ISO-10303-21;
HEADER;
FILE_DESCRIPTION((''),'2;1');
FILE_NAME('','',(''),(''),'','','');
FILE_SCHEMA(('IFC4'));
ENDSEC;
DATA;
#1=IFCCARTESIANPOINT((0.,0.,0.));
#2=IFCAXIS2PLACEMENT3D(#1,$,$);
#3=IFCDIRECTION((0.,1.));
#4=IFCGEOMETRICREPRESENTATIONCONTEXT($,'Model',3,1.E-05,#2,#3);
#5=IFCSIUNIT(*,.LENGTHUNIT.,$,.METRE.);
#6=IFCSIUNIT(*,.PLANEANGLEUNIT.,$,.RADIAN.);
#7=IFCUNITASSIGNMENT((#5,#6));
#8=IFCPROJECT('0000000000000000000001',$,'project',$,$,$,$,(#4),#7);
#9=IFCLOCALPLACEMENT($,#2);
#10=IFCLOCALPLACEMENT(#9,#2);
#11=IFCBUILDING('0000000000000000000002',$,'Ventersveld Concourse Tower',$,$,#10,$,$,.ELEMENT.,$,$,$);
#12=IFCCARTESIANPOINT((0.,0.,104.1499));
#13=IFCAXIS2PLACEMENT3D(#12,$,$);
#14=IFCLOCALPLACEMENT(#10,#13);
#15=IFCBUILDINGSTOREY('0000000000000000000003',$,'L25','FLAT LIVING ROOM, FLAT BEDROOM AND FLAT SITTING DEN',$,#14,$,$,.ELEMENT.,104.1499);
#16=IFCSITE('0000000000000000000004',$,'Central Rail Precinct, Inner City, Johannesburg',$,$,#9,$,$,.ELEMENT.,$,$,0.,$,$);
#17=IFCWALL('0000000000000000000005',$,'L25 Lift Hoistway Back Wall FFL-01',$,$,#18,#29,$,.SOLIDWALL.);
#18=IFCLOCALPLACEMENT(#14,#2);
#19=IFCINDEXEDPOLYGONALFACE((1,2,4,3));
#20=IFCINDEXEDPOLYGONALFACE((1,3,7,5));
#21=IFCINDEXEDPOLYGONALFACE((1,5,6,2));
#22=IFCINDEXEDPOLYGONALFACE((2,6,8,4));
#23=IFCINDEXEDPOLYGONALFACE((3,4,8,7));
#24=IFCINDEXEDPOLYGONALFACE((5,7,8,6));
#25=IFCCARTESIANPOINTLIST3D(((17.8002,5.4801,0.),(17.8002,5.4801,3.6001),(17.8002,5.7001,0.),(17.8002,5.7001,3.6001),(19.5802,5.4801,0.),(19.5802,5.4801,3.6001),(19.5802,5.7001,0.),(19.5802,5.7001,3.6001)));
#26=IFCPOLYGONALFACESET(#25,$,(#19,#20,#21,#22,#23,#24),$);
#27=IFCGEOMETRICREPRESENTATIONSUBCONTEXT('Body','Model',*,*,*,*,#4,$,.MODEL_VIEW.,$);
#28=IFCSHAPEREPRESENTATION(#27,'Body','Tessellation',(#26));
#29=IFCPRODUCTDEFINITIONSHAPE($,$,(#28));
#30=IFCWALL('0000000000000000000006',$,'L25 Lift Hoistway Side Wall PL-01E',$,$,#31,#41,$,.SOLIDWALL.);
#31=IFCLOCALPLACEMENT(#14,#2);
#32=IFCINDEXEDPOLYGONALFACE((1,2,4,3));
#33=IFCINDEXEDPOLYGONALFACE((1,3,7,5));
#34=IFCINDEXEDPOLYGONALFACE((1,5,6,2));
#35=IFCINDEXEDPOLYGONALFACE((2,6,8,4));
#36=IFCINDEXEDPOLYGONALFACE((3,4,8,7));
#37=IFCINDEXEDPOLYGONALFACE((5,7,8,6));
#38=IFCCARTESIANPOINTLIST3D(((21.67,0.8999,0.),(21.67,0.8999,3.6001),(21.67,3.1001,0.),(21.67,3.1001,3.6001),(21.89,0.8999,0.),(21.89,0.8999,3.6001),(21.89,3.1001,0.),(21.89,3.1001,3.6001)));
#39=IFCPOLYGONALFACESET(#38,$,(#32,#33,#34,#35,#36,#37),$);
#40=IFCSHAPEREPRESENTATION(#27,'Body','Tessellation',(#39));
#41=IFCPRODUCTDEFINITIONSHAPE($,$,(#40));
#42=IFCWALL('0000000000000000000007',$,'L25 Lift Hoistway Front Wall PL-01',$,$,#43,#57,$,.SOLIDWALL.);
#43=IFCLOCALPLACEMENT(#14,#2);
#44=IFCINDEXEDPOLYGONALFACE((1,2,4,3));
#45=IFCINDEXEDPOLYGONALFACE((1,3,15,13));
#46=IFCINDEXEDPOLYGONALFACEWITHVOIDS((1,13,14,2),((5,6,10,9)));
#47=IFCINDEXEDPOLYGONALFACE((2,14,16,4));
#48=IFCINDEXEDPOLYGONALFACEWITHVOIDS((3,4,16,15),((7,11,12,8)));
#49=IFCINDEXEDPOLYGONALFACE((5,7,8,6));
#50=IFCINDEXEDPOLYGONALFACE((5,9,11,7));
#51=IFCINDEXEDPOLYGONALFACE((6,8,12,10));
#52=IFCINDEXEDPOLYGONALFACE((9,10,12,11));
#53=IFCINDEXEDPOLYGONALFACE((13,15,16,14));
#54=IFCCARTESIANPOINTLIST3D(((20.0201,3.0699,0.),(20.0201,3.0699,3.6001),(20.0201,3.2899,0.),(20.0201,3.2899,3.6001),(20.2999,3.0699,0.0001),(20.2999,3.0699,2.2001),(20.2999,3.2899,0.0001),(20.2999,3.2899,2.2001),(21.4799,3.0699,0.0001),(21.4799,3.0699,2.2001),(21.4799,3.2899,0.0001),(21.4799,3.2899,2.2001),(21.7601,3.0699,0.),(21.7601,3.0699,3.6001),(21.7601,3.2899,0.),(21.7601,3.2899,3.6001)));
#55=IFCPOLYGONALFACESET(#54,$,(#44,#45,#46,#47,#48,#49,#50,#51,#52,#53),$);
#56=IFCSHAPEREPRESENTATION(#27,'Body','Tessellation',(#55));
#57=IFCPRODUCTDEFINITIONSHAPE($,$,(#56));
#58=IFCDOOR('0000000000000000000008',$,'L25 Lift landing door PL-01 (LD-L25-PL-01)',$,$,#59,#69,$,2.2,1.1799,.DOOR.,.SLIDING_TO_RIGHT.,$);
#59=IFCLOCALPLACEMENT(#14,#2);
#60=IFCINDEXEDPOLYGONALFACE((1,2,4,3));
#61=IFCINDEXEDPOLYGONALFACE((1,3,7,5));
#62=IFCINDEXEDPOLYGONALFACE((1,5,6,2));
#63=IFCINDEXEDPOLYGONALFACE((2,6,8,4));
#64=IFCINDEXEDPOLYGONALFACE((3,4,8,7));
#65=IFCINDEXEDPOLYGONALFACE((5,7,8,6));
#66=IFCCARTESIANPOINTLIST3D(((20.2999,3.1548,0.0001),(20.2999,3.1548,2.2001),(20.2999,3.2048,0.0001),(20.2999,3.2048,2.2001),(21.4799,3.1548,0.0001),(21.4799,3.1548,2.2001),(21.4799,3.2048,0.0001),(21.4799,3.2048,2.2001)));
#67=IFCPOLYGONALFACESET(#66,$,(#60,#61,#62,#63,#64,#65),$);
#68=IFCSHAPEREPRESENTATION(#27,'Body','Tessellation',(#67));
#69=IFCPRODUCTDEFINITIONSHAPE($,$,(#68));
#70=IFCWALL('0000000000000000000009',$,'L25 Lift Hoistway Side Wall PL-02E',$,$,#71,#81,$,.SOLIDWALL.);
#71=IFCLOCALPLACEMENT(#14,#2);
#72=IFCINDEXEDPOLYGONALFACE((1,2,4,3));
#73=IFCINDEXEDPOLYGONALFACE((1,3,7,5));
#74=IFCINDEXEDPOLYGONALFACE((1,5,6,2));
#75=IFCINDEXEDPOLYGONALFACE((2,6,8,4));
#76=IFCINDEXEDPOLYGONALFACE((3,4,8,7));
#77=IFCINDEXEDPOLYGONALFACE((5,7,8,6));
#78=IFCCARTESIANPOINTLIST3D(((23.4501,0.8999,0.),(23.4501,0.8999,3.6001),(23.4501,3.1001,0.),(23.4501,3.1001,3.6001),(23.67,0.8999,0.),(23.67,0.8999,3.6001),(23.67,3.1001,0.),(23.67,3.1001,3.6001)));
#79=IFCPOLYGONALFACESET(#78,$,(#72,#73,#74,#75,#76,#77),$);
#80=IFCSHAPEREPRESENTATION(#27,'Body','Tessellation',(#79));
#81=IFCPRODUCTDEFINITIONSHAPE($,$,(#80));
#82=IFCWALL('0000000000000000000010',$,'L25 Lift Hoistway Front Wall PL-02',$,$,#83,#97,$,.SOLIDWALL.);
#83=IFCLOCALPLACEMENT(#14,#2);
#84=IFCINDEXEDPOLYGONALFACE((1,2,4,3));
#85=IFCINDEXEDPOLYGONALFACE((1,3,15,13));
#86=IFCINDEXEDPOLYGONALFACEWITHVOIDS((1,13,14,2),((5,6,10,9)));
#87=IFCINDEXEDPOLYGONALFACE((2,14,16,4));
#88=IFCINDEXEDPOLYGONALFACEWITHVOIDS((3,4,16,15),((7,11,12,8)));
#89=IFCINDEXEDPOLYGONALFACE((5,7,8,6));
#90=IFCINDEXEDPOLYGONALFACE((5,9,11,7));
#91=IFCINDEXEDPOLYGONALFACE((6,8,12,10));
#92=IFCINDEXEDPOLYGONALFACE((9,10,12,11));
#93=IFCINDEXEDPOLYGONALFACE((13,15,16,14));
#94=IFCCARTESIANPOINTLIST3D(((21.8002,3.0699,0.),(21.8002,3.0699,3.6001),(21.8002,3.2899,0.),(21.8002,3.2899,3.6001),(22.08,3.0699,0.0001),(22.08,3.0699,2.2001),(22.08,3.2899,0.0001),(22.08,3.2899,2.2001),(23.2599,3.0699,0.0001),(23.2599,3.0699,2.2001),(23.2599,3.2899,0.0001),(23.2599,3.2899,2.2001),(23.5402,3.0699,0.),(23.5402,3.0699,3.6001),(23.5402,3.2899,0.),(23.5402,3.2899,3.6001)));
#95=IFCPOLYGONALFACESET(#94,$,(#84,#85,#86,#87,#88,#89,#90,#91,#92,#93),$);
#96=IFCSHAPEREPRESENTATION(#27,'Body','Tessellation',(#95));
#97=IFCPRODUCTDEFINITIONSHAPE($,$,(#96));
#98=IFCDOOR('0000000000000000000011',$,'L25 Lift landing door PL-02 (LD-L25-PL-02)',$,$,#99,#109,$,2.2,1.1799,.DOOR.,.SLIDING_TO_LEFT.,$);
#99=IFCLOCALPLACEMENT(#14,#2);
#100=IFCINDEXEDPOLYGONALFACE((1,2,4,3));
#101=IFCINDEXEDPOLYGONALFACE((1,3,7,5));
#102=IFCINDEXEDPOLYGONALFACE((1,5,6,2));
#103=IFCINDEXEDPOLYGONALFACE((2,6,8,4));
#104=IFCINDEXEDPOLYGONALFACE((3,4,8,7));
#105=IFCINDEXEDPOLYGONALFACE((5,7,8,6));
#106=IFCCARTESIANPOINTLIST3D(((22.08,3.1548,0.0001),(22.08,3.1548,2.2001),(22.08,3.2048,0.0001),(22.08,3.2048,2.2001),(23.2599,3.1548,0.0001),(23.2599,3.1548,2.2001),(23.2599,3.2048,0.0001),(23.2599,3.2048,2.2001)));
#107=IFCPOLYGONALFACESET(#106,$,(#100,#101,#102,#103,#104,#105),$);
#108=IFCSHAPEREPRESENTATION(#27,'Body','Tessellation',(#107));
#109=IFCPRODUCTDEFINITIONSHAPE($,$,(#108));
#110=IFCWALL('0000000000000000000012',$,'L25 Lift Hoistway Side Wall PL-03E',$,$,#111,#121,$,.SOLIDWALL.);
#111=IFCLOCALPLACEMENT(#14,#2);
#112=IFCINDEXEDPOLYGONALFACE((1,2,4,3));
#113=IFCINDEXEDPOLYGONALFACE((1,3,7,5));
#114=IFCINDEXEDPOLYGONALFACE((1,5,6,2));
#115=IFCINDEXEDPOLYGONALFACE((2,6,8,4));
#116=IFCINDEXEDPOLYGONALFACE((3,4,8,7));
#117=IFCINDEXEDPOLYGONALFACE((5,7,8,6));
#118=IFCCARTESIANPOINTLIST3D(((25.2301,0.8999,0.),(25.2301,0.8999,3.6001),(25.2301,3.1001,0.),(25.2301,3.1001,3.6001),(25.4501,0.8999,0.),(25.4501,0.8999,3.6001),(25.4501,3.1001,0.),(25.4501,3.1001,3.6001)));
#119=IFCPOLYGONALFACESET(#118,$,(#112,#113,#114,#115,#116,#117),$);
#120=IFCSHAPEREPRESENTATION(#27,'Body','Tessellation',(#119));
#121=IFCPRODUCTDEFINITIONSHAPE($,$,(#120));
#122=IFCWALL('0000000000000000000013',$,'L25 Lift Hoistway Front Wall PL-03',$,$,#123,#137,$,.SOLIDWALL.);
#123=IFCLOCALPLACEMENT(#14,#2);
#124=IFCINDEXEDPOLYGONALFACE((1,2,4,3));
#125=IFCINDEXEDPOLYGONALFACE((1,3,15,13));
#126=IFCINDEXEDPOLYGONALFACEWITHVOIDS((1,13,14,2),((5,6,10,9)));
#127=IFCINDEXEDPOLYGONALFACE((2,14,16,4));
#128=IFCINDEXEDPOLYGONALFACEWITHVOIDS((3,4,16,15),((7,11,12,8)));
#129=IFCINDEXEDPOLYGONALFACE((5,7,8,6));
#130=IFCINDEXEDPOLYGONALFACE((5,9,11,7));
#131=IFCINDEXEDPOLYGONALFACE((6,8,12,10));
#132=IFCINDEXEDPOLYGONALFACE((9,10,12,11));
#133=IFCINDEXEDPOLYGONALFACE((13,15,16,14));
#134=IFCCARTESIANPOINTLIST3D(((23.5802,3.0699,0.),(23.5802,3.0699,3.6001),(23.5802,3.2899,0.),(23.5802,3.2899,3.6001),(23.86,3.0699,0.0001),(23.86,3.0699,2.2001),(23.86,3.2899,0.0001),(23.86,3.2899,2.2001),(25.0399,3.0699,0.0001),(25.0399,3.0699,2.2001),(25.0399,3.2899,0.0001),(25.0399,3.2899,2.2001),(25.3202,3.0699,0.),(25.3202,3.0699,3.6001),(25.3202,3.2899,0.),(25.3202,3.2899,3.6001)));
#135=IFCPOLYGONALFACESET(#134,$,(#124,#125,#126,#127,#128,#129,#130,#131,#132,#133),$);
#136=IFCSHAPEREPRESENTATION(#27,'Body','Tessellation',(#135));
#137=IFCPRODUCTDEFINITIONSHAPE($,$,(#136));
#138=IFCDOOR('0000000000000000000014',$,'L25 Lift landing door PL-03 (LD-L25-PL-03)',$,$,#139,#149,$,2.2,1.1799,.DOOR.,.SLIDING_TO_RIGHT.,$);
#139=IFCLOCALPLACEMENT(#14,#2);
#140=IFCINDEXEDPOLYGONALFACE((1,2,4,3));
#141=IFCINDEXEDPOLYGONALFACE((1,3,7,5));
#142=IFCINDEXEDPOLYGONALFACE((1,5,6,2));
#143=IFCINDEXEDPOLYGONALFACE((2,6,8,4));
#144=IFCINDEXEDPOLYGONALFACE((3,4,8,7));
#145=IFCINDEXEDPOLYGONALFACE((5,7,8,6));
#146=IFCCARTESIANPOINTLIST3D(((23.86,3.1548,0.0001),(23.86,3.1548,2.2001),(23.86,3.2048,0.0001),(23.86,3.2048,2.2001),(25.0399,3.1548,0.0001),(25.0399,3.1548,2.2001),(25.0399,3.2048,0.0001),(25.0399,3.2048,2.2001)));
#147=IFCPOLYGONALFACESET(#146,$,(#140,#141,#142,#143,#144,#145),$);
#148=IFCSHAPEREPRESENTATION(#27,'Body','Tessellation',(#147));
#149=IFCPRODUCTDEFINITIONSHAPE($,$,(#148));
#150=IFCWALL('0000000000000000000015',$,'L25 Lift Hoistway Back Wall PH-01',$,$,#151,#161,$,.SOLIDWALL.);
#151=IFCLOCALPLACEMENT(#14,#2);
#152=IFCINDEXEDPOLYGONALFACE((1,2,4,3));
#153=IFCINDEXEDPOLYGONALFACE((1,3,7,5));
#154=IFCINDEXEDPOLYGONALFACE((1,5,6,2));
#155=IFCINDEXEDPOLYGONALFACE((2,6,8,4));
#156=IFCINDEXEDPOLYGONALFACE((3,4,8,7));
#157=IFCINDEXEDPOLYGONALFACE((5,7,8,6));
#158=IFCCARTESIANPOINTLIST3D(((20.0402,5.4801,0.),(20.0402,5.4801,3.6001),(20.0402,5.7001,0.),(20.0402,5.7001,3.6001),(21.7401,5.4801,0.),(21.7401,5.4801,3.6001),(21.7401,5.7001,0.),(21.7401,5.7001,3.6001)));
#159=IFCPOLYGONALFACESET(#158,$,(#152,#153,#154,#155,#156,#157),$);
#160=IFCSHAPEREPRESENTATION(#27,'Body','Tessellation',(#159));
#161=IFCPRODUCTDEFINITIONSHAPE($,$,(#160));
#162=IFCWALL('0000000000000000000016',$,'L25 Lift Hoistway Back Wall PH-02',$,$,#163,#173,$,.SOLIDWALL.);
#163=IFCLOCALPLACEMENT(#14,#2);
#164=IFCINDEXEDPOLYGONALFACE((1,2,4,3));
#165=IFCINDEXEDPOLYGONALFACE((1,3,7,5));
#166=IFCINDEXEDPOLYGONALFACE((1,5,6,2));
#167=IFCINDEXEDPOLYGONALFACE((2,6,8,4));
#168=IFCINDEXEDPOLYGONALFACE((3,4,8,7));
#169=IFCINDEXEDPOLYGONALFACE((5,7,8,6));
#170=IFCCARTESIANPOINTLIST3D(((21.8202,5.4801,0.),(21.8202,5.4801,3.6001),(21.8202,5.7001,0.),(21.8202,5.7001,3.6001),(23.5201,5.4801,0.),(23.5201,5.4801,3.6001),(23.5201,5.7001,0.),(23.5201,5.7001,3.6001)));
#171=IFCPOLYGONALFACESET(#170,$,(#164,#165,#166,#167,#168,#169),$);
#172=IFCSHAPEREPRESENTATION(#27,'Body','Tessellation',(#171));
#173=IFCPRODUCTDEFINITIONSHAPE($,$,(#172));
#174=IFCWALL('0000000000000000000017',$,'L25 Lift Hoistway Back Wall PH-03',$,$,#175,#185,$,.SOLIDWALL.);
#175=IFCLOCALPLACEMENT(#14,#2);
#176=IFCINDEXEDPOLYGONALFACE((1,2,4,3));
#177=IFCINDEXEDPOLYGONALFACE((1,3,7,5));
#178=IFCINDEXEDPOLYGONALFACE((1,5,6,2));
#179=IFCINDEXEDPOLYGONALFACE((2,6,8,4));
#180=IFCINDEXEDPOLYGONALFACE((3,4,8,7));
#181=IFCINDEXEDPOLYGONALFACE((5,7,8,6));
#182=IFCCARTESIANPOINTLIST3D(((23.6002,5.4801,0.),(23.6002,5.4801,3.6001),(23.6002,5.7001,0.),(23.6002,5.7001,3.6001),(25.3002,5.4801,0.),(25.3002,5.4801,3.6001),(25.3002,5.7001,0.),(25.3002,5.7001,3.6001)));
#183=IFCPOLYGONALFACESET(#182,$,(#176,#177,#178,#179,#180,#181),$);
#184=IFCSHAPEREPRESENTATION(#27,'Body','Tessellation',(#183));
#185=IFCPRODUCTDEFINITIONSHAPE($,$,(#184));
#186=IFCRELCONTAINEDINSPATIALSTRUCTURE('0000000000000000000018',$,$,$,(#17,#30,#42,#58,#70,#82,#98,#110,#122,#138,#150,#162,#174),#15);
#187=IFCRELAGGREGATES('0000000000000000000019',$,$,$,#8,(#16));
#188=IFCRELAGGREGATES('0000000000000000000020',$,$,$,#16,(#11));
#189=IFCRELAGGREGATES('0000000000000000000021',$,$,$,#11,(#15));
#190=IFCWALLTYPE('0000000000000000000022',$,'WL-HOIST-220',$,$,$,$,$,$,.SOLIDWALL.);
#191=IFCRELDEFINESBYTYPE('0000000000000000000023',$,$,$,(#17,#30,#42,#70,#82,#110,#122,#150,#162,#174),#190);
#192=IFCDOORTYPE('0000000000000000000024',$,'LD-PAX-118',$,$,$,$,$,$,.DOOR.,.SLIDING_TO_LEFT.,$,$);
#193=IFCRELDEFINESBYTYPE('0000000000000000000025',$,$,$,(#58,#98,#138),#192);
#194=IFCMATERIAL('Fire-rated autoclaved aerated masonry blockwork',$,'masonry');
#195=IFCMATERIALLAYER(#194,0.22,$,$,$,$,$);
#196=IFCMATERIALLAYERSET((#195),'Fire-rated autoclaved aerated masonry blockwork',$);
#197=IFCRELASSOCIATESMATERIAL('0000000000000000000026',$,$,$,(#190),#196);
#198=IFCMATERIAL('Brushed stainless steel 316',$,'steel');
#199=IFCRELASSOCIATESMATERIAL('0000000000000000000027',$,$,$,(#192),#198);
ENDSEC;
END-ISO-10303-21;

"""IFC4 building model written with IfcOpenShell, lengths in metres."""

from ifc_helpers import new_model, si_unit, direction, frame, frame_2d, origin, place, context, subcontext, project, spatial, rectangle, extrude, material, layer, layer_set, type_object, element, fill, save


model = new_model("IFC4")

# Units and contexts
model_context = context("Model", 3, precision=1e-05, world=origin(), true_north=direction((0.0, 1.0)))
body_context = subcontext(model_context, "Body", "Model", "MODEL_VIEW")
ifc_project = project(units=[si_unit("LENGTHUNIT", "METRE"), si_unit("PLANEANGLEUNIT", "RADIAN")], contexts=[model_context])

# Site, building, storey
site_placement = place(None, origin())
site = spatial("IfcSite", under=ifc_project, at=site_placement, Name="Central Rail Precinct, Inner City, Johannesburg", CompositionType="ELEMENT", RefElevation=0.0)
building_placement = place(site_placement, origin())
building = spatial("IfcBuilding", under=site, at=building_placement, Name="Ventersveld Concourse Tower", CompositionType="ELEMENT")
storey_placement = place(building_placement, frame((0.0, 0.0, 104.1499)))
storey = spatial("IfcBuildingStorey", under=building, at=storey_placement, Name="L25", Description="FLAT LIVING ROOM, FLAT BEDROOM AND FLAT SITTING DEN", CompositionType="ELEMENT", Elevation=104.1499)

# Walls
ifc_material_1 = material(Name="Fire-rated autoclaved aerated masonry blockwork", Category="masonry")
ifc_layer_1 = layer(ifc_material_1, 0.22)
ifc_layer_set_1 = layer_set([ifc_layer_1], Name="Fire-rated autoclaved aerated masonry blockwork")
wall_type_1 = type_object("IfcWallType", Name="WL-HOIST-220", PredefinedType="SOLIDWALL", material=ifc_layer_set_1)
wall_1_placement = place(storey_placement, frame((17.8, 5.5901, 0.0), z_axis=(0.0, 0.0, 1.0), x_axis=(1.0, 0.0, 0.0)))
element("IfcWall", 1, at=wall_1_placement, inside=storey, type_object=wall_type_1, Name="L25 Lift Hoistway Back Wall FFL-01", PredefinedType="SOLIDWALL", context=body_context, shape_type="SweptSolid", body=[
    extrude(rectangle(XDim=1.78, YDim=0.22, at=frame_2d((0.8901, 0.0))), origin(), (0.0, 0.0, 1.0), 3.6001),
])
wall_2_placement = place(storey_placement, frame((21.78, 0.8999, 0.0), z_axis=(0.0, 0.0, 1.0), x_axis=(0.0, 1.0, 0.0)))
element("IfcWall", 2, at=wall_2_placement, inside=storey, type_object=wall_type_1, Name="L25 Lift Hoistway Side Wall PL-01E", PredefinedType="SOLIDWALL", context=body_context, shape_type="SweptSolid", body=[
    extrude(rectangle(XDim=2.2002, YDim=0.22, at=frame_2d((1.1001, 0.0))), origin(), (0.0, 0.0, 1.0), 3.6001),
])

# Wall, opening, door
wall_3_placement = place(storey_placement, frame((20.02, 3.1799, 0.0), z_axis=(0.0, 0.0, 1.0), x_axis=(1.0, 0.0, 0.0)))
wall_3 = element("IfcWall", 3, at=wall_3_placement, inside=storey, type_object=wall_type_1, Name="L25 Lift Hoistway Front Wall PL-01", PredefinedType="SOLIDWALL", context=body_context, shape_type="SweptSolid", body=[
    extrude(rectangle(XDim=1.74, YDim=0.22, at=frame_2d((0.8701, 0.0))), origin(), (0.0, 0.0, 1.0), 3.6001),
])
opening_1_placement = place(wall_3_placement, frame((0.28, 0.0, 0.0)))
opening_1 = element("IfcOpeningElement", 4, at=opening_1_placement, cuts=wall_3, PredefinedType="OPENING", context=body_context, shape_type="SweptSolid", body=[
    extrude(rectangle(XDim=1.1799, YDim=2.2, at=frame_2d((0.5898, 1.1001))), frame((0.0, 0.1201, 0.0), z_axis=(0.0, -1.0, 0.0), x_axis=(1.0, 0.0, 0.0)), (0.0, 0.0, 1.0), 0.24),
])
ifc_material_2 = material(Name="Brushed stainless steel 316", Category="steel")
door_type = type_object("IfcDoorType", Name="LD-PAX-118", OperationType="SLIDING_TO_LEFT", PredefinedType="DOOR", material=ifc_material_2)
door_1_placement = place(opening_1_placement, origin())
door_1 = element("IfcDoor", 5, at=door_1_placement, inside=storey, type_object=door_type, Name="L25 Lift landing door PL-01 (LD-L25-PL-01)", OperationType="SLIDING_TO_RIGHT", OverallHeight=2.2, OverallWidth=1.1799, PredefinedType="DOOR", context=body_context, shape_type="SweptSolid", body=[
    extrude(rectangle(XDim=1.1799, YDim=2.2, at=frame_2d((0.5898, 1.1001))), frame((0.0, 0.0249, 0.0), z_axis=(0.0, -1.0, 0.0), x_axis=(1.0, 0.0, 0.0)), (0.0, 0.0, 1.0), 0.05),
])
fill(opening_1, door_1)

# Wall
wall_4_placement = place(storey_placement, frame((23.5601, 0.8999, 0.0), z_axis=(0.0, 0.0, 1.0), x_axis=(0.0, 1.0, 0.0)))
element("IfcWall", 6, at=wall_4_placement, inside=storey, type_object=wall_type_1, Name="L25 Lift Hoistway Side Wall PL-02E", PredefinedType="SOLIDWALL", context=body_context, shape_type="SweptSolid", body=[
    extrude(rectangle(XDim=2.2002, YDim=0.22, at=frame_2d((1.1001, 0.0))), origin(), (0.0, 0.0, 1.0), 3.6001),
])

# Wall, opening, door
wall_5_placement = place(storey_placement, frame((21.8, 3.1799, 0.0), z_axis=(0.0, 0.0, 1.0), x_axis=(1.0, 0.0, 0.0)))
wall_5 = element("IfcWall", 7, at=wall_5_placement, inside=storey, type_object=wall_type_1, Name="L25 Lift Hoistway Front Wall PL-02", PredefinedType="SOLIDWALL", context=body_context, shape_type="SweptSolid", body=[
    extrude(rectangle(XDim=1.74, YDim=0.22, at=frame_2d((0.8701, 0.0))), origin(), (0.0, 0.0, 1.0), 3.6001),
])
opening_2_placement = place(wall_5_placement, frame((0.28, 0.0, 0.0)))
opening_2 = element("IfcOpeningElement", 8, at=opening_2_placement, cuts=wall_5, PredefinedType="OPENING", context=body_context, shape_type="SweptSolid", body=[
    extrude(rectangle(XDim=1.1799, YDim=2.2, at=frame_2d((0.5898, 1.1001))), frame((0.0, 0.1201, 0.0), z_axis=(0.0, -1.0, 0.0), x_axis=(1.0, 0.0, 0.0)), (0.0, 0.0, 1.0), 0.24),
])
door_2_placement = place(opening_2_placement, origin())
door_2 = element("IfcDoor", 9, at=door_2_placement, inside=storey, type_object=door_type, Name="L25 Lift landing door PL-02 (LD-L25-PL-02)", OperationType="SLIDING_TO_LEFT", OverallHeight=2.2, OverallWidth=1.1799, PredefinedType="DOOR", context=body_context, shape_type="SweptSolid", body=[
    extrude(rectangle(XDim=1.1799, YDim=2.2, at=frame_2d((0.5898, 1.1001))), frame((0.0, 0.0249, 0.0), z_axis=(0.0, -1.0, 0.0), x_axis=(1.0, 0.0, 0.0)), (0.0, 0.0, 1.0), 0.05),
])
fill(opening_2, door_2)

# Wall
wall_6_placement = place(storey_placement, frame((25.3401, 0.8999, 0.0), z_axis=(0.0, 0.0, 1.0), x_axis=(0.0, 1.0, 0.0)))
element("IfcWall", 10, at=wall_6_placement, inside=storey, type_object=wall_type_1, Name="L25 Lift Hoistway Side Wall PL-03E", PredefinedType="SOLIDWALL", context=body_context, shape_type="SweptSolid", body=[
    extrude(rectangle(XDim=2.2002, YDim=0.22, at=frame_2d((1.1001, 0.0))), origin(), (0.0, 0.0, 1.0), 3.6001),
])

# Wall, opening, door
wall_7_placement = place(storey_placement, frame((23.5801, 3.1799, 0.0), z_axis=(0.0, 0.0, 1.0), x_axis=(1.0, 0.0, 0.0)))
wall_7 = element("IfcWall", 11, at=wall_7_placement, inside=storey, type_object=wall_type_1, Name="L25 Lift Hoistway Front Wall PL-03", PredefinedType="SOLIDWALL", context=body_context, shape_type="SweptSolid", body=[
    extrude(rectangle(XDim=1.74, YDim=0.22, at=frame_2d((0.8701, 0.0))), origin(), (0.0, 0.0, 1.0), 3.6001),
])
opening_3_placement = place(wall_7_placement, frame((0.28, 0.0, 0.0)))
opening_3 = element("IfcOpeningElement", 12, at=opening_3_placement, cuts=wall_7, PredefinedType="OPENING", context=body_context, shape_type="SweptSolid", body=[
    extrude(rectangle(XDim=1.1799, YDim=2.2, at=frame_2d((0.5898, 1.1001))), frame((0.0, 0.1201, 0.0), z_axis=(0.0, -1.0, 0.0), x_axis=(1.0, 0.0, 0.0)), (0.0, 0.0, 1.0), 0.24),
])
door_3_placement = place(opening_3_placement, origin())
door_3 = element("IfcDoor", 13, at=door_3_placement, inside=storey, type_object=door_type, Name="L25 Lift landing door PL-03 (LD-L25-PL-03)", OperationType="SLIDING_TO_RIGHT", OverallHeight=2.2, OverallWidth=1.1799, PredefinedType="DOOR", context=body_context, shape_type="SweptSolid", body=[
    extrude(rectangle(XDim=1.1799, YDim=2.2, at=frame_2d((0.5898, 1.1001))), frame((0.0, 0.0249, 0.0), z_axis=(0.0, -1.0, 0.0), x_axis=(1.0, 0.0, 0.0)), (0.0, 0.0, 1.0), 0.05),
])
fill(opening_3, door_3)

# Walls
for number, where, z_axis, x_axis, name in (
    (14, (20.04, 5.5901, 0.0), (0.0, 0.0, 1.0), (1.0, 0.0, 0.0), "L25 Lift Hoistway Back Wall PH-01"),
    (15, (21.8201, 5.5901, 0.0), (0.0, 0.0, 1.0), (1.0, 0.0, 0.0), "L25 Lift Hoistway Back Wall PH-02"),
    (16, (23.6001, 5.5901, 0.0), (0.0, 0.0, 1.0), (1.0, 0.0, 0.0), "L25 Lift Hoistway Back Wall PH-03"),
):
    element("IfcWall", number, at=place(storey_placement, frame(where, z_axis=z_axis, x_axis=x_axis)), inside=storey, type_object=wall_type_1, Name=name, PredefinedType="SOLIDWALL", context=body_context, shape_type="SweptSolid", body=[
        extrude(rectangle(XDim=1.7, YDim=0.22, at=frame_2d((0.8501, 0.0))), origin(), (0.0, 0.0, 1.0), 3.6001),
    ])

save(model, "model.ifc")
